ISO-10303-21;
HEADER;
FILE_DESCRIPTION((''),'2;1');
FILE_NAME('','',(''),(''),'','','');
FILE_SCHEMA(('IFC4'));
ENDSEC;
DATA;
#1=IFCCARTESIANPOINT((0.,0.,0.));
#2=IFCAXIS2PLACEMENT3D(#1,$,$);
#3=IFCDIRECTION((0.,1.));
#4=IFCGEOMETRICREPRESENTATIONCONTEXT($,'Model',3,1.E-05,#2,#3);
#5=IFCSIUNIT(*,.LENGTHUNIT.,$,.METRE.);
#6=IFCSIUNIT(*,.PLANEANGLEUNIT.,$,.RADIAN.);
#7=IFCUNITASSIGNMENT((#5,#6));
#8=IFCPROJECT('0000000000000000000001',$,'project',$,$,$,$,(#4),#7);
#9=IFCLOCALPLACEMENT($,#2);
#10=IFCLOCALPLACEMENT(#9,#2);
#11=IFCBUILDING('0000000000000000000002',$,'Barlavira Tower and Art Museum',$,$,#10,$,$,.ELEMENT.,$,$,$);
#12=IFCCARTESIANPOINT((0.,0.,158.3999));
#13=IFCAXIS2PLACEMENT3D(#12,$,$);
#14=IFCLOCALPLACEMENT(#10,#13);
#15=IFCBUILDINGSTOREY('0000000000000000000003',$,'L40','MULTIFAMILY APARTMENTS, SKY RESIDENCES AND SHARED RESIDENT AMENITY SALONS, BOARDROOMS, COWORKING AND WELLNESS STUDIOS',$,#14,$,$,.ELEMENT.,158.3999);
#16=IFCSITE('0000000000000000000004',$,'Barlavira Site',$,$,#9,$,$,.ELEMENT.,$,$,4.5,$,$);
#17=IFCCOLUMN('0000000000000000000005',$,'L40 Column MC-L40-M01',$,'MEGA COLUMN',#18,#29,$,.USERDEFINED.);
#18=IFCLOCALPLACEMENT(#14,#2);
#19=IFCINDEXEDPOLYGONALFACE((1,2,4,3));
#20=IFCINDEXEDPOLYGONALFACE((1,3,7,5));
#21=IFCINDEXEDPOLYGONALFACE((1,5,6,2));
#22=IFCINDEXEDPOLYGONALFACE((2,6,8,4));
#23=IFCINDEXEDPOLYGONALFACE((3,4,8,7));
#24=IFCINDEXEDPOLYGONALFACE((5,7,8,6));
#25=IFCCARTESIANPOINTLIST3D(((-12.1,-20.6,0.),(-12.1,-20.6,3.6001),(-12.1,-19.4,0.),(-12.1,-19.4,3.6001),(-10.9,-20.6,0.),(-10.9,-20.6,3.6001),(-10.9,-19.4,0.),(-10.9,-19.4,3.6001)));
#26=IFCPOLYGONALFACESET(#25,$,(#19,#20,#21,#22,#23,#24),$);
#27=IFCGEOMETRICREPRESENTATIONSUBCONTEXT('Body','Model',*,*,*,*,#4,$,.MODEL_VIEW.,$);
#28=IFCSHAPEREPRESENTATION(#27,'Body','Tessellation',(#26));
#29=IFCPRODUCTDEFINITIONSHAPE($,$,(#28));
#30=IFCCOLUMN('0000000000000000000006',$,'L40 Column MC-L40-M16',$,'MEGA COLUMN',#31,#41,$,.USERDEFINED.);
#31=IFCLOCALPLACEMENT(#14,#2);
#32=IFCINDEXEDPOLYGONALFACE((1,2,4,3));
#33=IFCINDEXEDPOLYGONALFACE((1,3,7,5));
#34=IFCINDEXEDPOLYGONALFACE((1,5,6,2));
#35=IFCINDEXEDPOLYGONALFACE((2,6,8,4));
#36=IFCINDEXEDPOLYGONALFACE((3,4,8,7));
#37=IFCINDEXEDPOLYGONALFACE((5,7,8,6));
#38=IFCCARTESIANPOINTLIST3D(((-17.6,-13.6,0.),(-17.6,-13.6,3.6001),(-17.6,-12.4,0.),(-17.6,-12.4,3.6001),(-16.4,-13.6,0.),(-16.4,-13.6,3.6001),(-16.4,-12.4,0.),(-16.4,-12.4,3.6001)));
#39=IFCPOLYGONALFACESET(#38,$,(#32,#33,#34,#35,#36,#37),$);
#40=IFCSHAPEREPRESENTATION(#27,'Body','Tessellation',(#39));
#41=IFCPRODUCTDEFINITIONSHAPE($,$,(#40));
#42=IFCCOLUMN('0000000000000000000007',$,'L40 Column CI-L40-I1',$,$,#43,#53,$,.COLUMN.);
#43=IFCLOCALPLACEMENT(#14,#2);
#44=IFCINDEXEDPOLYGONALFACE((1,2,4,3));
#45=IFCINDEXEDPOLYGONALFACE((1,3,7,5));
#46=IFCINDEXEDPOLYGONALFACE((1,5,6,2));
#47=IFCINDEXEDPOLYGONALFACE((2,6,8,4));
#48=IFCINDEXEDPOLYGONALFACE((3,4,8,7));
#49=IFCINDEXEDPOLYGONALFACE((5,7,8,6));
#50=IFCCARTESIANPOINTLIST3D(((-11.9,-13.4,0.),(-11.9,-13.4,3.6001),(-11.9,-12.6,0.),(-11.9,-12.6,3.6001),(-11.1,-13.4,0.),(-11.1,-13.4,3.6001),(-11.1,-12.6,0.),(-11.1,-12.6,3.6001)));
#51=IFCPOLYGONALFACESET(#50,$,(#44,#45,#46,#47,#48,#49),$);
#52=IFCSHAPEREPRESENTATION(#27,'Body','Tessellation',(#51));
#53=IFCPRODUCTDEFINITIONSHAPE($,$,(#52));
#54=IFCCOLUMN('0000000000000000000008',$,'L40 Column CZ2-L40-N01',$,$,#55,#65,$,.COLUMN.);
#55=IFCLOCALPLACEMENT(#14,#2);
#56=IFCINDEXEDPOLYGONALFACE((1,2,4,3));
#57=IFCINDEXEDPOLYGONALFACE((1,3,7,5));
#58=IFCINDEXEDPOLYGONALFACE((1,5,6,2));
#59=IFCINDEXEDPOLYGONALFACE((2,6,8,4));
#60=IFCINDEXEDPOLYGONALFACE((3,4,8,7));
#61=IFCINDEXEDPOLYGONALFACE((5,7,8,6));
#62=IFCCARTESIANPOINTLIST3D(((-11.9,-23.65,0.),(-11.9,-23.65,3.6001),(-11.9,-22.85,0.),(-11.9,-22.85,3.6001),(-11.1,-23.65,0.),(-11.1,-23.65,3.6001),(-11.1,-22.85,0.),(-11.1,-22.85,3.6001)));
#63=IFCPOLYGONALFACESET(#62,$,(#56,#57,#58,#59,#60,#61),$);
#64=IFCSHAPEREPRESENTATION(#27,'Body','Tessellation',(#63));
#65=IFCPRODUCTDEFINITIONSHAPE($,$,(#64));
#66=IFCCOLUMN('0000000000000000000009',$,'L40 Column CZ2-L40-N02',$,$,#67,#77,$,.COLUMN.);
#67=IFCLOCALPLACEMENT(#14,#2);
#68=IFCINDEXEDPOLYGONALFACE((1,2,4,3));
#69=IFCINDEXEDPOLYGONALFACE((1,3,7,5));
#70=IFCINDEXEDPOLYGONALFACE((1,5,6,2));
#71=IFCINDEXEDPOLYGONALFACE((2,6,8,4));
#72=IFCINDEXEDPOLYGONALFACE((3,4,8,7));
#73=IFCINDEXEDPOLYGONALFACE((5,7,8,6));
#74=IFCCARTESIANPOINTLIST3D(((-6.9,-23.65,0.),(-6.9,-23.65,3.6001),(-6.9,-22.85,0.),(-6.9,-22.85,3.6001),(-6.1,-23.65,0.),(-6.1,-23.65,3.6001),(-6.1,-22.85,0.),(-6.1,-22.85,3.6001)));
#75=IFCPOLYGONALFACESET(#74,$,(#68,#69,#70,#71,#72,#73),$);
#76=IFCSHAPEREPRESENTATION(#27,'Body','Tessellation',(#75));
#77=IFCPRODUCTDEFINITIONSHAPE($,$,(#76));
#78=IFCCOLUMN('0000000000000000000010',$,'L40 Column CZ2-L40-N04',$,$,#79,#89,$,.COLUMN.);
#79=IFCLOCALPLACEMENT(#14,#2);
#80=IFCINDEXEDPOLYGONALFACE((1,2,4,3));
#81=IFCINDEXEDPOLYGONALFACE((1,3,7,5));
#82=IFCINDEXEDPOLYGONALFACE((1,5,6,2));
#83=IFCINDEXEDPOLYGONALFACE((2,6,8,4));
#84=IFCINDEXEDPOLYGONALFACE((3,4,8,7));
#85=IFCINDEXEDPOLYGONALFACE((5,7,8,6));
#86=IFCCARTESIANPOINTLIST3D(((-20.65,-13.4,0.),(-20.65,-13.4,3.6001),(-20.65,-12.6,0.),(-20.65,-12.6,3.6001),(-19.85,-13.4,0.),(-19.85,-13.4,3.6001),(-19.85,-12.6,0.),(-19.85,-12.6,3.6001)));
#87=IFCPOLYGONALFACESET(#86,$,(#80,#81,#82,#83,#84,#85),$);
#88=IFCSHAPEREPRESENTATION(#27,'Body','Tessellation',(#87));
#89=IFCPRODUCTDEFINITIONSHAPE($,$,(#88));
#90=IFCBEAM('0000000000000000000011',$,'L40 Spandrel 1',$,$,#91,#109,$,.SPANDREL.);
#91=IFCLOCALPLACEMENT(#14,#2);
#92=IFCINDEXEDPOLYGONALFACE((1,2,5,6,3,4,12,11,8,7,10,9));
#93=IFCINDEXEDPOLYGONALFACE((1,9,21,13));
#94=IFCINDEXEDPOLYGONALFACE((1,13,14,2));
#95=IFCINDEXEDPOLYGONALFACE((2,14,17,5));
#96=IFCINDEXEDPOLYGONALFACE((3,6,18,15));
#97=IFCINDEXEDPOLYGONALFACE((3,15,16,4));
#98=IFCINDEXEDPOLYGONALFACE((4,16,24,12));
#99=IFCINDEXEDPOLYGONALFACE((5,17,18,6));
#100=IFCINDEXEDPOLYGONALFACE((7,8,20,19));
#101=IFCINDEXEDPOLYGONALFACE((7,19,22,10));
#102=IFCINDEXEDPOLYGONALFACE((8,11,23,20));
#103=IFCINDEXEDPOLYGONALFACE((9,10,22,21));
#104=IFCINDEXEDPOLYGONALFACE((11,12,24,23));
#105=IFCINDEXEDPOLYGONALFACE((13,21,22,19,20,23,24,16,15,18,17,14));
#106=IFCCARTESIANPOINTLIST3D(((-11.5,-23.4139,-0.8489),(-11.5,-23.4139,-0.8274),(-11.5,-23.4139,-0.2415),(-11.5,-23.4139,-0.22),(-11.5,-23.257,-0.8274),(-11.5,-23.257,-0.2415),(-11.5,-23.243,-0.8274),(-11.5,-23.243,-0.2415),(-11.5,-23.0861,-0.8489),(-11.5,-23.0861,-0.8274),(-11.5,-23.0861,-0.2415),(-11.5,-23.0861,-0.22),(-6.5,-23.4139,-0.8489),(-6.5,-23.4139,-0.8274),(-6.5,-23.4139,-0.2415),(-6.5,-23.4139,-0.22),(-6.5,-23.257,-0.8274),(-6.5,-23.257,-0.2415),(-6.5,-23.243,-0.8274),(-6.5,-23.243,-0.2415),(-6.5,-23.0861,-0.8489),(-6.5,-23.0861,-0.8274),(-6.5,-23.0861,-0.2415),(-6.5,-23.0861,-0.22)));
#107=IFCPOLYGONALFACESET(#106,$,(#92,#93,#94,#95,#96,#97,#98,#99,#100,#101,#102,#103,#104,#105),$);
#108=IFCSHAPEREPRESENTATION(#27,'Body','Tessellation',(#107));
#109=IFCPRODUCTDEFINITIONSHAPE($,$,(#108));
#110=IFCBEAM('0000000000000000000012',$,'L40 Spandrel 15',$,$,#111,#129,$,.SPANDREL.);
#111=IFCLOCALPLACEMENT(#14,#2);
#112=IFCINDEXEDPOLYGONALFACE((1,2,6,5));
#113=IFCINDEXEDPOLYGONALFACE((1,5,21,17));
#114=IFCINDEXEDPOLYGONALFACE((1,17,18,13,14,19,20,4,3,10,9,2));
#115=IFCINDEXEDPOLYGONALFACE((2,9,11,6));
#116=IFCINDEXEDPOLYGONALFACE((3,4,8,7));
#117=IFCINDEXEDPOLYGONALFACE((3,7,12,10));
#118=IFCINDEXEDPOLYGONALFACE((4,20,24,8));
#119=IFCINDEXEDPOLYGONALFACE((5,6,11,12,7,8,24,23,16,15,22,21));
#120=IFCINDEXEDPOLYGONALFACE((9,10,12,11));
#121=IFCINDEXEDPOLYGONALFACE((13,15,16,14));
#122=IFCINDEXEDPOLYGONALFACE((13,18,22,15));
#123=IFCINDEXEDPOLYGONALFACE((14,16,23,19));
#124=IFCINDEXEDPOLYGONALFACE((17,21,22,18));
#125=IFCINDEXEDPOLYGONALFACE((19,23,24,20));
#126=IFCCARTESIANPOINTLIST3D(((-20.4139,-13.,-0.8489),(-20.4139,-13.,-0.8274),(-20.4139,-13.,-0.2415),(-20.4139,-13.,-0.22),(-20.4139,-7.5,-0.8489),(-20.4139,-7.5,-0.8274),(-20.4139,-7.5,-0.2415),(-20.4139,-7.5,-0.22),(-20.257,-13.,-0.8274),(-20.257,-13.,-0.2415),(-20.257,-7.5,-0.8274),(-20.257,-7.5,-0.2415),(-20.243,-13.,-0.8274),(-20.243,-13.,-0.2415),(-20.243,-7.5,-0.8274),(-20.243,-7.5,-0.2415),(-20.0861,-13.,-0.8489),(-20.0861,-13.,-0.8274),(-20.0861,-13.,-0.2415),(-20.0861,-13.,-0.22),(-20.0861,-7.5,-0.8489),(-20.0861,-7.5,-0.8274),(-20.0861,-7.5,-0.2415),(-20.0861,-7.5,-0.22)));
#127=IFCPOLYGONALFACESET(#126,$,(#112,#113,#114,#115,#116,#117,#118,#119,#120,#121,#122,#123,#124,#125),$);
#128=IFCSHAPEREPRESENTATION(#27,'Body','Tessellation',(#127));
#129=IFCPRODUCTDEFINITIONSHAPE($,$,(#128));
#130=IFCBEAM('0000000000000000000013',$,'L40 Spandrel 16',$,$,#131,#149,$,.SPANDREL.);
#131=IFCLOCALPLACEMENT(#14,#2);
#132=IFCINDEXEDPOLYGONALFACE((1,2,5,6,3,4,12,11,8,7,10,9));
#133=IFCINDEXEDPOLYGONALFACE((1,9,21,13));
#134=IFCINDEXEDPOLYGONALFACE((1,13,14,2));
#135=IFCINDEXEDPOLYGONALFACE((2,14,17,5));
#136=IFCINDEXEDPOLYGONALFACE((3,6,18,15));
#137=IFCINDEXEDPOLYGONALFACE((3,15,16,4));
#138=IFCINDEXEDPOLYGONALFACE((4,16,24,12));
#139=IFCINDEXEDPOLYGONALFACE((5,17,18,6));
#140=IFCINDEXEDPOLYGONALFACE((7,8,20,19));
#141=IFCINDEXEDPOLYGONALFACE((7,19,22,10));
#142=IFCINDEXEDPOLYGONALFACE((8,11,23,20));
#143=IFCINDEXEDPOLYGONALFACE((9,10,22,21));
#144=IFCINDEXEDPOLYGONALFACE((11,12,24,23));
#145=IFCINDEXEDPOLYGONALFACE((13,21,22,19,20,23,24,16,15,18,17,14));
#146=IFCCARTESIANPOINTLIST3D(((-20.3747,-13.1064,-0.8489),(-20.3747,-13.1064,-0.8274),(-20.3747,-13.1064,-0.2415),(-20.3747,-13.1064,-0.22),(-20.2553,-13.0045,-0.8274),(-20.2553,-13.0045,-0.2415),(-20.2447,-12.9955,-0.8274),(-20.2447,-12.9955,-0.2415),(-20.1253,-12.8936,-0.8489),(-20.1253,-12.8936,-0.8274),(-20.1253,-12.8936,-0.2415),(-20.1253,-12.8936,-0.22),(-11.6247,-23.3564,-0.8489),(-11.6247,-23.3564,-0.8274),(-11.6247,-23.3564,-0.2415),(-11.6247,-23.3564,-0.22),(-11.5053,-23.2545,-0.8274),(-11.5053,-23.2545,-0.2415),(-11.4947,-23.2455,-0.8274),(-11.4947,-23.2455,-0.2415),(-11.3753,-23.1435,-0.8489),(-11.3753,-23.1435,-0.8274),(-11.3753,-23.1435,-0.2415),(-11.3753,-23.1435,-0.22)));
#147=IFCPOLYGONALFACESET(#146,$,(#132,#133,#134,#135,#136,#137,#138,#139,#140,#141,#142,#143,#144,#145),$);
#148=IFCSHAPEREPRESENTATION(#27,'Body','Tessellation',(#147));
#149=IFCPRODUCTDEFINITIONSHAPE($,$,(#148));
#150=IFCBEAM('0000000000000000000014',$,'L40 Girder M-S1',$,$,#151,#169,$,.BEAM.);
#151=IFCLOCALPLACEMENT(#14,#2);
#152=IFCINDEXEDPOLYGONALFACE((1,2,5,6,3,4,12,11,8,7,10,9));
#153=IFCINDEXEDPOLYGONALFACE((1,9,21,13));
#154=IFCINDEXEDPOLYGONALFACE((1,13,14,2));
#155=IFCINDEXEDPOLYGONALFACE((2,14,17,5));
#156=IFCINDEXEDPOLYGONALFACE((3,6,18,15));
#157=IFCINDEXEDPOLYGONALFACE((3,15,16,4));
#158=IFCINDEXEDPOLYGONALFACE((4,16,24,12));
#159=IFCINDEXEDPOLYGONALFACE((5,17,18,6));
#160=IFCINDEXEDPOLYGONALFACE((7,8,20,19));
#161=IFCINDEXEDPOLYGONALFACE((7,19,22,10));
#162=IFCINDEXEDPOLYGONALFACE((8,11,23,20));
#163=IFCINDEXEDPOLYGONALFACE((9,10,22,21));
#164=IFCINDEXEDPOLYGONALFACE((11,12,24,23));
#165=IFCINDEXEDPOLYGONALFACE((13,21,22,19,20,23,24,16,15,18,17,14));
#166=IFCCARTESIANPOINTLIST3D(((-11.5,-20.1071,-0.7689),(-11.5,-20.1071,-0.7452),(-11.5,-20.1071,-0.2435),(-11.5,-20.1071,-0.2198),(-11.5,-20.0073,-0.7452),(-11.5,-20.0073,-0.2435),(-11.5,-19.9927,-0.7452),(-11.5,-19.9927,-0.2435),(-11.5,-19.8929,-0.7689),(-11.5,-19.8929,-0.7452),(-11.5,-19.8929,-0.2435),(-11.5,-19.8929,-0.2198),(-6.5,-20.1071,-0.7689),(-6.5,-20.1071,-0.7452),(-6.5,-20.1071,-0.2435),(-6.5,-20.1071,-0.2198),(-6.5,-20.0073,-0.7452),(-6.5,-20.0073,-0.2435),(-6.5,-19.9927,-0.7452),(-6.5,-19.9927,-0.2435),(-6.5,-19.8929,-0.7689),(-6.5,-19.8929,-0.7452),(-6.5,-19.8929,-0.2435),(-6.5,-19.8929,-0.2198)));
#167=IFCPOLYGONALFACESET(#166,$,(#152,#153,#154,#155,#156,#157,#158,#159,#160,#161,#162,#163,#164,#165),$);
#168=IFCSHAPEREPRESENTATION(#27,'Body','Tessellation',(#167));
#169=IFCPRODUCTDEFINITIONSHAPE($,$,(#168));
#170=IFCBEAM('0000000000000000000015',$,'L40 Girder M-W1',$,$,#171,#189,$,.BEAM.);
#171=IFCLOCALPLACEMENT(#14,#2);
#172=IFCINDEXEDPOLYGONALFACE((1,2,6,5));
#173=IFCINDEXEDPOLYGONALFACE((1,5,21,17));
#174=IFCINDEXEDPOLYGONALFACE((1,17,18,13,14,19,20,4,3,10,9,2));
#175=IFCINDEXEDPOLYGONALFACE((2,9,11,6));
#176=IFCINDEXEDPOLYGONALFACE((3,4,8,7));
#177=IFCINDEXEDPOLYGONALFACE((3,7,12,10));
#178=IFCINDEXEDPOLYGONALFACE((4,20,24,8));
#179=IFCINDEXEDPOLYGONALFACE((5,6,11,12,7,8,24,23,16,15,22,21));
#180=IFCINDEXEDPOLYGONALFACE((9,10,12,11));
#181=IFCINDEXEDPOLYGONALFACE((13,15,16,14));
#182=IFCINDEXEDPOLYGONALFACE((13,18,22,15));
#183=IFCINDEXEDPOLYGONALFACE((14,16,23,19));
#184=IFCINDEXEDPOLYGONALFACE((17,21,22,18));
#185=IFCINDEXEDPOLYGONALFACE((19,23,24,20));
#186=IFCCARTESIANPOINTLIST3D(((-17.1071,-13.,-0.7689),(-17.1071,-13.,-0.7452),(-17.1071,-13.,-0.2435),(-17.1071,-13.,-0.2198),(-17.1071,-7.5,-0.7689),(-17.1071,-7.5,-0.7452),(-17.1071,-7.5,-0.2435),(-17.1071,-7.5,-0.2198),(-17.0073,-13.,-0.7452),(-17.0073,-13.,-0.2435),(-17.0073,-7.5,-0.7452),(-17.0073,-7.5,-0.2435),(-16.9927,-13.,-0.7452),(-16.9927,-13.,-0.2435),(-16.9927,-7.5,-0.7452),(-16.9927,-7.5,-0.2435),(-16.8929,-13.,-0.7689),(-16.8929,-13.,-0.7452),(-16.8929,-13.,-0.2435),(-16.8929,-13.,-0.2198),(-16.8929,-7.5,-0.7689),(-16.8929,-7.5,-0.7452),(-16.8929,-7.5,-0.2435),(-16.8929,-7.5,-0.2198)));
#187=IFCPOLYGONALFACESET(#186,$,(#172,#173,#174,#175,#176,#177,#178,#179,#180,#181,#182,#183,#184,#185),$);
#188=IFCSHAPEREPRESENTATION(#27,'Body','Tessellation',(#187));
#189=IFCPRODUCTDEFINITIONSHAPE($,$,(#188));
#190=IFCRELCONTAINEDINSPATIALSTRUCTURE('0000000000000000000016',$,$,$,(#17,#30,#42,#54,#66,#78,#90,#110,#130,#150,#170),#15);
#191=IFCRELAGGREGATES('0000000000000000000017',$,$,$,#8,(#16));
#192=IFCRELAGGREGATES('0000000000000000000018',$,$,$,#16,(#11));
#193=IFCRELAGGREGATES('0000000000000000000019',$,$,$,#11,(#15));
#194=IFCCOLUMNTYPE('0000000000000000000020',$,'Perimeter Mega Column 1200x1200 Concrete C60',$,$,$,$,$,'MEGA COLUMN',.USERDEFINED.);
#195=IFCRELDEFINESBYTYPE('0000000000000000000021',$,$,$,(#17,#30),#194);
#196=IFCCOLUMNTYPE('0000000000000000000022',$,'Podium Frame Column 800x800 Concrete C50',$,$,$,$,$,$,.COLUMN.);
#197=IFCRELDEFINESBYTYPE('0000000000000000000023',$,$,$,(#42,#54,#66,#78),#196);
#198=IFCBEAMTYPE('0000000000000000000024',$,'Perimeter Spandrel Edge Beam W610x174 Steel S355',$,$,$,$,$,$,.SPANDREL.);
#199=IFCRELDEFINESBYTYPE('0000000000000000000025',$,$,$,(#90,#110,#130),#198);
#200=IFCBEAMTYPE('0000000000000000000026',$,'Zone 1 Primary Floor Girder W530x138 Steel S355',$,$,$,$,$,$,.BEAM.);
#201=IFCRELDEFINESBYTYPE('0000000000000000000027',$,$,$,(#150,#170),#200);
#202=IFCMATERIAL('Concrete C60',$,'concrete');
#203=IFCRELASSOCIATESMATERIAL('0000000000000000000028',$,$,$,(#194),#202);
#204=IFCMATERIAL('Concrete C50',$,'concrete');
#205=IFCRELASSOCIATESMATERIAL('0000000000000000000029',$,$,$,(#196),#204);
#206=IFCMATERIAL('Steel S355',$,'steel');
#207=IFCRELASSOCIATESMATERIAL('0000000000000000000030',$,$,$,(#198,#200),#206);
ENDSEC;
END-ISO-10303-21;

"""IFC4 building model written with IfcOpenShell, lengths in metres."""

from ifc_helpers import new_model, si_unit, direction, frame, origin, origin_2d, place, context, subcontext, project, spatial, rectangle, i_section, extrude, material, material_profile, profile_set, type_object, element, save


model = new_model("IFC4")

# Units and contexts
model_context = context("Model", 3, precision=1e-05, world=origin(), true_north=direction((0.0, 1.0)))
body_context = subcontext(model_context, "Body", "Model", "MODEL_VIEW")
ifc_project = project(units=[si_unit("LENGTHUNIT", "METRE"), si_unit("PLANEANGLEUNIT", "RADIAN")], contexts=[model_context])

# Site, building, storey
site_placement = place(None, origin())
site = spatial("IfcSite", under=ifc_project, at=site_placement, Name="Barlavira Site", CompositionType="ELEMENT", RefElevation=4.5)
building_placement = place(site_placement, origin())
building = spatial("IfcBuilding", under=site, at=building_placement, Name="Barlavira Tower and Art Museum", CompositionType="ELEMENT")
storey_placement = place(building_placement, frame((0.0, 0.0, 158.3999)))
storey = spatial("IfcBuildingStorey", under=building, at=storey_placement, Name="L40", Description="MULTIFAMILY APARTMENTS, SKY RESIDENCES AND SHARED RESIDENT AMENITY SALONS, BOARDROOMS, COWORKING AND WELLNESS STUDIOS", CompositionType="ELEMENT", Elevation=158.3999)

# Columns
ifc_material_1 = material(Name="Concrete C60", Category="concrete")
ifc_material_profile_1 = material_profile(ifc_material_1, rectangle(XDim=1.2, YDim=1.2, at=origin_2d()), Name="RC-COL 1200x1200")
ifc_profile_set_1 = profile_set([ifc_material_profile_1], Name="Concrete C60")
column_type_1 = type_object("IfcColumnType", Name="Perimeter Mega Column 1200x1200 Concrete C60", ElementType="MEGA COLUMN", PredefinedType="USERDEFINED", material=ifc_profile_set_1)
for number, where, z_axis, x_axis, name in (
    (1, (-11.5, -20.0, 0.0), (0.0, 0.0, 1.0), (1.0, 0.0, 0.0), "L40 Column MC-L40-M01"),
    (2, (-17.0, -13.0, 0.0), (0.0, 0.0, 1.0), (1.0, 0.0, 0.0), "L40 Column MC-L40-M16"),
):
    element("IfcColumn", number, at=place(storey_placement, frame(where, z_axis=z_axis, x_axis=x_axis)), inside=storey, type_object=column_type_1, Name=name, ObjectType="MEGA COLUMN", PredefinedType="USERDEFINED", context=body_context, shape_type="SweptSolid", body=[
        extrude(rectangle(XDim=1.2, YDim=1.2, at=origin_2d()), origin(), (0.0, 0.0, 1.0), 3.6001),
    ])
ifc_material_2 = material(Name="Concrete C50", Category="concrete")
ifc_material_profile_2 = material_profile(ifc_material_2, rectangle(XDim=0.8, YDim=0.8, at=origin_2d()), Name="RC-COL 800x800")
ifc_profile_set_2 = profile_set([ifc_material_profile_2], Name="Concrete C50")
column_type_2 = type_object("IfcColumnType", Name="Podium Frame Column 800x800 Concrete C50", PredefinedType="COLUMN", material=ifc_profile_set_2)
for number, where, z_axis, x_axis, name in (
    (3, (-11.5, -13.0, 0.0), (0.0, 0.0, 1.0), (1.0, 0.0, 0.0), "L40 Column CI-L40-I1"),
    (4, (-11.5, -23.25, 0.0), (0.0, 0.0, 1.0), (1.0, 0.0, 0.0), "L40 Column CZ2-L40-N01"),
    (5, (-6.5, -23.25, 0.0), (0.0, 0.0, 1.0), (1.0, 0.0, 0.0), "L40 Column CZ2-L40-N02"),
    (6, (-20.25, -13.0, 0.0), (0.0, 0.0, 1.0), (1.0, 0.0, 0.0), "L40 Column CZ2-L40-N04"),
):
    element("IfcColumn", number, at=place(storey_placement, frame(where, z_axis=z_axis, x_axis=x_axis)), inside=storey, type_object=column_type_2, Name=name, PredefinedType="COLUMN", context=body_context, shape_type="SweptSolid", body=[
        extrude(rectangle(XDim=0.8, YDim=0.8, at=origin_2d()), origin(), (0.0, 0.0, 1.0), 3.6001),
    ])

# Beams
ifc_material_3 = material(Name="Steel S355", Category="steel")
ifc_material_profile_3 = material_profile(ifc_material_3, i_section(OverallWidth=0.3279, OverallDepth=0.6289, WebThickness=0.0139, FlangeThickness=0.0215, at=origin_2d()), Name="W610x174.0")
ifc_profile_set_3 = profile_set([ifc_material_profile_3], Name="Steel S355")
beam_type_1 = type_object("IfcBeamType", Name="Perimeter Spandrel Edge Beam W610x174 Steel S355", PredefinedType="SPANDREL", material=ifc_profile_set_3)
beam_1_placement = place(storey_placement, frame((-11.5, -23.25, -0.5344), z_axis=(1.0, 0.0, 0.0), x_axis=(0.0, 1.0, 0.0)))
element("IfcBeam", 7, at=beam_1_placement, inside=storey, type_object=beam_type_1, Name="L40 Spandrel 1", PredefinedType="SPANDREL", context=body_context, shape_type="SweptSolid", body=[
    extrude(i_section(OverallWidth=0.3279, OverallDepth=0.6289, WebThickness=0.0139, FlangeThickness=0.0215, at=origin_2d()), origin(), (0.0, 0.0, 1.0), 5.0),
])
beam_2_placement = place(storey_placement, frame((-20.25, -13.0, -0.5344), z_axis=(0.0, 1.0, 0.0), x_axis=(-1.0, 0.0, 0.0)))
element("IfcBeam", 8, at=beam_2_placement, inside=storey, type_object=beam_type_1, Name="L40 Spandrel 15", PredefinedType="SPANDREL", context=body_context, shape_type="SweptSolid", body=[
    extrude(i_section(OverallWidth=0.3279, OverallDepth=0.6289, WebThickness=0.0139, FlangeThickness=0.0215, at=origin_2d()), origin(), (0.0, 0.0, 1.0), 5.5),
])
beam_3_placement = place(storey_placement, frame((-20.25, -13.0, -0.5344), z_axis=(0.649262, -0.760565, 0.0), x_axis=(0.760565, 0.649262, 0.0)))
element("IfcBeam", 9, at=beam_3_placement, inside=storey, type_object=beam_type_1, Name="L40 Spandrel 16", PredefinedType="SPANDREL", context=body_context, shape_type="SweptSolid", body=[
    extrude(i_section(OverallWidth=0.3279, OverallDepth=0.6289, WebThickness=0.0139, FlangeThickness=0.0215, at=origin_2d()), origin(), (0.0, 0.0, 1.0), 13.4768),
])
ifc_material_profile_4 = material_profile(ifc_material_3, i_section(OverallWidth=0.2141, OverallDepth=0.5491, WebThickness=0.0146, FlangeThickness=0.0237, at=origin_2d()), Name="W530x138.0")
ifc_profile_set_4 = profile_set([ifc_material_profile_4], Name="Steel S355")
beam_type_2 = type_object("IfcBeamType", Name="Zone 1 Primary Floor Girder W530x138 Steel S355", PredefinedType="BEAM", material=ifc_profile_set_4)
beam_4_placement = place(storey_placement, frame((-11.5, -20.0, -0.4944), z_axis=(1.0, 0.0, 0.0), x_axis=(0.0, 1.0, 0.0)))
element("IfcBeam", 10, at=beam_4_placement, inside=storey, type_object=beam_type_2, Name="L40 Girder M-S1", PredefinedType="BEAM", context=body_context, shape_type="SweptSolid", body=[
    extrude(i_section(OverallWidth=0.2141, OverallDepth=0.5491, WebThickness=0.0146, FlangeThickness=0.0237, at=origin_2d()), origin(), (0.0, 0.0, 1.0), 5.0),
])
for number, where, z_axis, x_axis, name in (
    (11, (-17.0, -13.0, -0.4944), (0.0, 1.0, 0.0), (-1.0, 0.0, 0.0), "L40 Girder M-W1"),
):
    element("IfcBeam", number, at=place(storey_placement, frame(where, z_axis=z_axis, x_axis=x_axis)), inside=storey, type_object=beam_type_2, Name=name, PredefinedType="BEAM", context=body_context, shape_type="SweptSolid", body=[
        extrude(i_section(OverallWidth=0.2141, OverallDepth=0.5491, WebThickness=0.0146, FlangeThickness=0.0237, at=origin_2d()), origin(), (0.0, 0.0, 1.0), 5.5),
    ])

save(model, "model.ifc")
